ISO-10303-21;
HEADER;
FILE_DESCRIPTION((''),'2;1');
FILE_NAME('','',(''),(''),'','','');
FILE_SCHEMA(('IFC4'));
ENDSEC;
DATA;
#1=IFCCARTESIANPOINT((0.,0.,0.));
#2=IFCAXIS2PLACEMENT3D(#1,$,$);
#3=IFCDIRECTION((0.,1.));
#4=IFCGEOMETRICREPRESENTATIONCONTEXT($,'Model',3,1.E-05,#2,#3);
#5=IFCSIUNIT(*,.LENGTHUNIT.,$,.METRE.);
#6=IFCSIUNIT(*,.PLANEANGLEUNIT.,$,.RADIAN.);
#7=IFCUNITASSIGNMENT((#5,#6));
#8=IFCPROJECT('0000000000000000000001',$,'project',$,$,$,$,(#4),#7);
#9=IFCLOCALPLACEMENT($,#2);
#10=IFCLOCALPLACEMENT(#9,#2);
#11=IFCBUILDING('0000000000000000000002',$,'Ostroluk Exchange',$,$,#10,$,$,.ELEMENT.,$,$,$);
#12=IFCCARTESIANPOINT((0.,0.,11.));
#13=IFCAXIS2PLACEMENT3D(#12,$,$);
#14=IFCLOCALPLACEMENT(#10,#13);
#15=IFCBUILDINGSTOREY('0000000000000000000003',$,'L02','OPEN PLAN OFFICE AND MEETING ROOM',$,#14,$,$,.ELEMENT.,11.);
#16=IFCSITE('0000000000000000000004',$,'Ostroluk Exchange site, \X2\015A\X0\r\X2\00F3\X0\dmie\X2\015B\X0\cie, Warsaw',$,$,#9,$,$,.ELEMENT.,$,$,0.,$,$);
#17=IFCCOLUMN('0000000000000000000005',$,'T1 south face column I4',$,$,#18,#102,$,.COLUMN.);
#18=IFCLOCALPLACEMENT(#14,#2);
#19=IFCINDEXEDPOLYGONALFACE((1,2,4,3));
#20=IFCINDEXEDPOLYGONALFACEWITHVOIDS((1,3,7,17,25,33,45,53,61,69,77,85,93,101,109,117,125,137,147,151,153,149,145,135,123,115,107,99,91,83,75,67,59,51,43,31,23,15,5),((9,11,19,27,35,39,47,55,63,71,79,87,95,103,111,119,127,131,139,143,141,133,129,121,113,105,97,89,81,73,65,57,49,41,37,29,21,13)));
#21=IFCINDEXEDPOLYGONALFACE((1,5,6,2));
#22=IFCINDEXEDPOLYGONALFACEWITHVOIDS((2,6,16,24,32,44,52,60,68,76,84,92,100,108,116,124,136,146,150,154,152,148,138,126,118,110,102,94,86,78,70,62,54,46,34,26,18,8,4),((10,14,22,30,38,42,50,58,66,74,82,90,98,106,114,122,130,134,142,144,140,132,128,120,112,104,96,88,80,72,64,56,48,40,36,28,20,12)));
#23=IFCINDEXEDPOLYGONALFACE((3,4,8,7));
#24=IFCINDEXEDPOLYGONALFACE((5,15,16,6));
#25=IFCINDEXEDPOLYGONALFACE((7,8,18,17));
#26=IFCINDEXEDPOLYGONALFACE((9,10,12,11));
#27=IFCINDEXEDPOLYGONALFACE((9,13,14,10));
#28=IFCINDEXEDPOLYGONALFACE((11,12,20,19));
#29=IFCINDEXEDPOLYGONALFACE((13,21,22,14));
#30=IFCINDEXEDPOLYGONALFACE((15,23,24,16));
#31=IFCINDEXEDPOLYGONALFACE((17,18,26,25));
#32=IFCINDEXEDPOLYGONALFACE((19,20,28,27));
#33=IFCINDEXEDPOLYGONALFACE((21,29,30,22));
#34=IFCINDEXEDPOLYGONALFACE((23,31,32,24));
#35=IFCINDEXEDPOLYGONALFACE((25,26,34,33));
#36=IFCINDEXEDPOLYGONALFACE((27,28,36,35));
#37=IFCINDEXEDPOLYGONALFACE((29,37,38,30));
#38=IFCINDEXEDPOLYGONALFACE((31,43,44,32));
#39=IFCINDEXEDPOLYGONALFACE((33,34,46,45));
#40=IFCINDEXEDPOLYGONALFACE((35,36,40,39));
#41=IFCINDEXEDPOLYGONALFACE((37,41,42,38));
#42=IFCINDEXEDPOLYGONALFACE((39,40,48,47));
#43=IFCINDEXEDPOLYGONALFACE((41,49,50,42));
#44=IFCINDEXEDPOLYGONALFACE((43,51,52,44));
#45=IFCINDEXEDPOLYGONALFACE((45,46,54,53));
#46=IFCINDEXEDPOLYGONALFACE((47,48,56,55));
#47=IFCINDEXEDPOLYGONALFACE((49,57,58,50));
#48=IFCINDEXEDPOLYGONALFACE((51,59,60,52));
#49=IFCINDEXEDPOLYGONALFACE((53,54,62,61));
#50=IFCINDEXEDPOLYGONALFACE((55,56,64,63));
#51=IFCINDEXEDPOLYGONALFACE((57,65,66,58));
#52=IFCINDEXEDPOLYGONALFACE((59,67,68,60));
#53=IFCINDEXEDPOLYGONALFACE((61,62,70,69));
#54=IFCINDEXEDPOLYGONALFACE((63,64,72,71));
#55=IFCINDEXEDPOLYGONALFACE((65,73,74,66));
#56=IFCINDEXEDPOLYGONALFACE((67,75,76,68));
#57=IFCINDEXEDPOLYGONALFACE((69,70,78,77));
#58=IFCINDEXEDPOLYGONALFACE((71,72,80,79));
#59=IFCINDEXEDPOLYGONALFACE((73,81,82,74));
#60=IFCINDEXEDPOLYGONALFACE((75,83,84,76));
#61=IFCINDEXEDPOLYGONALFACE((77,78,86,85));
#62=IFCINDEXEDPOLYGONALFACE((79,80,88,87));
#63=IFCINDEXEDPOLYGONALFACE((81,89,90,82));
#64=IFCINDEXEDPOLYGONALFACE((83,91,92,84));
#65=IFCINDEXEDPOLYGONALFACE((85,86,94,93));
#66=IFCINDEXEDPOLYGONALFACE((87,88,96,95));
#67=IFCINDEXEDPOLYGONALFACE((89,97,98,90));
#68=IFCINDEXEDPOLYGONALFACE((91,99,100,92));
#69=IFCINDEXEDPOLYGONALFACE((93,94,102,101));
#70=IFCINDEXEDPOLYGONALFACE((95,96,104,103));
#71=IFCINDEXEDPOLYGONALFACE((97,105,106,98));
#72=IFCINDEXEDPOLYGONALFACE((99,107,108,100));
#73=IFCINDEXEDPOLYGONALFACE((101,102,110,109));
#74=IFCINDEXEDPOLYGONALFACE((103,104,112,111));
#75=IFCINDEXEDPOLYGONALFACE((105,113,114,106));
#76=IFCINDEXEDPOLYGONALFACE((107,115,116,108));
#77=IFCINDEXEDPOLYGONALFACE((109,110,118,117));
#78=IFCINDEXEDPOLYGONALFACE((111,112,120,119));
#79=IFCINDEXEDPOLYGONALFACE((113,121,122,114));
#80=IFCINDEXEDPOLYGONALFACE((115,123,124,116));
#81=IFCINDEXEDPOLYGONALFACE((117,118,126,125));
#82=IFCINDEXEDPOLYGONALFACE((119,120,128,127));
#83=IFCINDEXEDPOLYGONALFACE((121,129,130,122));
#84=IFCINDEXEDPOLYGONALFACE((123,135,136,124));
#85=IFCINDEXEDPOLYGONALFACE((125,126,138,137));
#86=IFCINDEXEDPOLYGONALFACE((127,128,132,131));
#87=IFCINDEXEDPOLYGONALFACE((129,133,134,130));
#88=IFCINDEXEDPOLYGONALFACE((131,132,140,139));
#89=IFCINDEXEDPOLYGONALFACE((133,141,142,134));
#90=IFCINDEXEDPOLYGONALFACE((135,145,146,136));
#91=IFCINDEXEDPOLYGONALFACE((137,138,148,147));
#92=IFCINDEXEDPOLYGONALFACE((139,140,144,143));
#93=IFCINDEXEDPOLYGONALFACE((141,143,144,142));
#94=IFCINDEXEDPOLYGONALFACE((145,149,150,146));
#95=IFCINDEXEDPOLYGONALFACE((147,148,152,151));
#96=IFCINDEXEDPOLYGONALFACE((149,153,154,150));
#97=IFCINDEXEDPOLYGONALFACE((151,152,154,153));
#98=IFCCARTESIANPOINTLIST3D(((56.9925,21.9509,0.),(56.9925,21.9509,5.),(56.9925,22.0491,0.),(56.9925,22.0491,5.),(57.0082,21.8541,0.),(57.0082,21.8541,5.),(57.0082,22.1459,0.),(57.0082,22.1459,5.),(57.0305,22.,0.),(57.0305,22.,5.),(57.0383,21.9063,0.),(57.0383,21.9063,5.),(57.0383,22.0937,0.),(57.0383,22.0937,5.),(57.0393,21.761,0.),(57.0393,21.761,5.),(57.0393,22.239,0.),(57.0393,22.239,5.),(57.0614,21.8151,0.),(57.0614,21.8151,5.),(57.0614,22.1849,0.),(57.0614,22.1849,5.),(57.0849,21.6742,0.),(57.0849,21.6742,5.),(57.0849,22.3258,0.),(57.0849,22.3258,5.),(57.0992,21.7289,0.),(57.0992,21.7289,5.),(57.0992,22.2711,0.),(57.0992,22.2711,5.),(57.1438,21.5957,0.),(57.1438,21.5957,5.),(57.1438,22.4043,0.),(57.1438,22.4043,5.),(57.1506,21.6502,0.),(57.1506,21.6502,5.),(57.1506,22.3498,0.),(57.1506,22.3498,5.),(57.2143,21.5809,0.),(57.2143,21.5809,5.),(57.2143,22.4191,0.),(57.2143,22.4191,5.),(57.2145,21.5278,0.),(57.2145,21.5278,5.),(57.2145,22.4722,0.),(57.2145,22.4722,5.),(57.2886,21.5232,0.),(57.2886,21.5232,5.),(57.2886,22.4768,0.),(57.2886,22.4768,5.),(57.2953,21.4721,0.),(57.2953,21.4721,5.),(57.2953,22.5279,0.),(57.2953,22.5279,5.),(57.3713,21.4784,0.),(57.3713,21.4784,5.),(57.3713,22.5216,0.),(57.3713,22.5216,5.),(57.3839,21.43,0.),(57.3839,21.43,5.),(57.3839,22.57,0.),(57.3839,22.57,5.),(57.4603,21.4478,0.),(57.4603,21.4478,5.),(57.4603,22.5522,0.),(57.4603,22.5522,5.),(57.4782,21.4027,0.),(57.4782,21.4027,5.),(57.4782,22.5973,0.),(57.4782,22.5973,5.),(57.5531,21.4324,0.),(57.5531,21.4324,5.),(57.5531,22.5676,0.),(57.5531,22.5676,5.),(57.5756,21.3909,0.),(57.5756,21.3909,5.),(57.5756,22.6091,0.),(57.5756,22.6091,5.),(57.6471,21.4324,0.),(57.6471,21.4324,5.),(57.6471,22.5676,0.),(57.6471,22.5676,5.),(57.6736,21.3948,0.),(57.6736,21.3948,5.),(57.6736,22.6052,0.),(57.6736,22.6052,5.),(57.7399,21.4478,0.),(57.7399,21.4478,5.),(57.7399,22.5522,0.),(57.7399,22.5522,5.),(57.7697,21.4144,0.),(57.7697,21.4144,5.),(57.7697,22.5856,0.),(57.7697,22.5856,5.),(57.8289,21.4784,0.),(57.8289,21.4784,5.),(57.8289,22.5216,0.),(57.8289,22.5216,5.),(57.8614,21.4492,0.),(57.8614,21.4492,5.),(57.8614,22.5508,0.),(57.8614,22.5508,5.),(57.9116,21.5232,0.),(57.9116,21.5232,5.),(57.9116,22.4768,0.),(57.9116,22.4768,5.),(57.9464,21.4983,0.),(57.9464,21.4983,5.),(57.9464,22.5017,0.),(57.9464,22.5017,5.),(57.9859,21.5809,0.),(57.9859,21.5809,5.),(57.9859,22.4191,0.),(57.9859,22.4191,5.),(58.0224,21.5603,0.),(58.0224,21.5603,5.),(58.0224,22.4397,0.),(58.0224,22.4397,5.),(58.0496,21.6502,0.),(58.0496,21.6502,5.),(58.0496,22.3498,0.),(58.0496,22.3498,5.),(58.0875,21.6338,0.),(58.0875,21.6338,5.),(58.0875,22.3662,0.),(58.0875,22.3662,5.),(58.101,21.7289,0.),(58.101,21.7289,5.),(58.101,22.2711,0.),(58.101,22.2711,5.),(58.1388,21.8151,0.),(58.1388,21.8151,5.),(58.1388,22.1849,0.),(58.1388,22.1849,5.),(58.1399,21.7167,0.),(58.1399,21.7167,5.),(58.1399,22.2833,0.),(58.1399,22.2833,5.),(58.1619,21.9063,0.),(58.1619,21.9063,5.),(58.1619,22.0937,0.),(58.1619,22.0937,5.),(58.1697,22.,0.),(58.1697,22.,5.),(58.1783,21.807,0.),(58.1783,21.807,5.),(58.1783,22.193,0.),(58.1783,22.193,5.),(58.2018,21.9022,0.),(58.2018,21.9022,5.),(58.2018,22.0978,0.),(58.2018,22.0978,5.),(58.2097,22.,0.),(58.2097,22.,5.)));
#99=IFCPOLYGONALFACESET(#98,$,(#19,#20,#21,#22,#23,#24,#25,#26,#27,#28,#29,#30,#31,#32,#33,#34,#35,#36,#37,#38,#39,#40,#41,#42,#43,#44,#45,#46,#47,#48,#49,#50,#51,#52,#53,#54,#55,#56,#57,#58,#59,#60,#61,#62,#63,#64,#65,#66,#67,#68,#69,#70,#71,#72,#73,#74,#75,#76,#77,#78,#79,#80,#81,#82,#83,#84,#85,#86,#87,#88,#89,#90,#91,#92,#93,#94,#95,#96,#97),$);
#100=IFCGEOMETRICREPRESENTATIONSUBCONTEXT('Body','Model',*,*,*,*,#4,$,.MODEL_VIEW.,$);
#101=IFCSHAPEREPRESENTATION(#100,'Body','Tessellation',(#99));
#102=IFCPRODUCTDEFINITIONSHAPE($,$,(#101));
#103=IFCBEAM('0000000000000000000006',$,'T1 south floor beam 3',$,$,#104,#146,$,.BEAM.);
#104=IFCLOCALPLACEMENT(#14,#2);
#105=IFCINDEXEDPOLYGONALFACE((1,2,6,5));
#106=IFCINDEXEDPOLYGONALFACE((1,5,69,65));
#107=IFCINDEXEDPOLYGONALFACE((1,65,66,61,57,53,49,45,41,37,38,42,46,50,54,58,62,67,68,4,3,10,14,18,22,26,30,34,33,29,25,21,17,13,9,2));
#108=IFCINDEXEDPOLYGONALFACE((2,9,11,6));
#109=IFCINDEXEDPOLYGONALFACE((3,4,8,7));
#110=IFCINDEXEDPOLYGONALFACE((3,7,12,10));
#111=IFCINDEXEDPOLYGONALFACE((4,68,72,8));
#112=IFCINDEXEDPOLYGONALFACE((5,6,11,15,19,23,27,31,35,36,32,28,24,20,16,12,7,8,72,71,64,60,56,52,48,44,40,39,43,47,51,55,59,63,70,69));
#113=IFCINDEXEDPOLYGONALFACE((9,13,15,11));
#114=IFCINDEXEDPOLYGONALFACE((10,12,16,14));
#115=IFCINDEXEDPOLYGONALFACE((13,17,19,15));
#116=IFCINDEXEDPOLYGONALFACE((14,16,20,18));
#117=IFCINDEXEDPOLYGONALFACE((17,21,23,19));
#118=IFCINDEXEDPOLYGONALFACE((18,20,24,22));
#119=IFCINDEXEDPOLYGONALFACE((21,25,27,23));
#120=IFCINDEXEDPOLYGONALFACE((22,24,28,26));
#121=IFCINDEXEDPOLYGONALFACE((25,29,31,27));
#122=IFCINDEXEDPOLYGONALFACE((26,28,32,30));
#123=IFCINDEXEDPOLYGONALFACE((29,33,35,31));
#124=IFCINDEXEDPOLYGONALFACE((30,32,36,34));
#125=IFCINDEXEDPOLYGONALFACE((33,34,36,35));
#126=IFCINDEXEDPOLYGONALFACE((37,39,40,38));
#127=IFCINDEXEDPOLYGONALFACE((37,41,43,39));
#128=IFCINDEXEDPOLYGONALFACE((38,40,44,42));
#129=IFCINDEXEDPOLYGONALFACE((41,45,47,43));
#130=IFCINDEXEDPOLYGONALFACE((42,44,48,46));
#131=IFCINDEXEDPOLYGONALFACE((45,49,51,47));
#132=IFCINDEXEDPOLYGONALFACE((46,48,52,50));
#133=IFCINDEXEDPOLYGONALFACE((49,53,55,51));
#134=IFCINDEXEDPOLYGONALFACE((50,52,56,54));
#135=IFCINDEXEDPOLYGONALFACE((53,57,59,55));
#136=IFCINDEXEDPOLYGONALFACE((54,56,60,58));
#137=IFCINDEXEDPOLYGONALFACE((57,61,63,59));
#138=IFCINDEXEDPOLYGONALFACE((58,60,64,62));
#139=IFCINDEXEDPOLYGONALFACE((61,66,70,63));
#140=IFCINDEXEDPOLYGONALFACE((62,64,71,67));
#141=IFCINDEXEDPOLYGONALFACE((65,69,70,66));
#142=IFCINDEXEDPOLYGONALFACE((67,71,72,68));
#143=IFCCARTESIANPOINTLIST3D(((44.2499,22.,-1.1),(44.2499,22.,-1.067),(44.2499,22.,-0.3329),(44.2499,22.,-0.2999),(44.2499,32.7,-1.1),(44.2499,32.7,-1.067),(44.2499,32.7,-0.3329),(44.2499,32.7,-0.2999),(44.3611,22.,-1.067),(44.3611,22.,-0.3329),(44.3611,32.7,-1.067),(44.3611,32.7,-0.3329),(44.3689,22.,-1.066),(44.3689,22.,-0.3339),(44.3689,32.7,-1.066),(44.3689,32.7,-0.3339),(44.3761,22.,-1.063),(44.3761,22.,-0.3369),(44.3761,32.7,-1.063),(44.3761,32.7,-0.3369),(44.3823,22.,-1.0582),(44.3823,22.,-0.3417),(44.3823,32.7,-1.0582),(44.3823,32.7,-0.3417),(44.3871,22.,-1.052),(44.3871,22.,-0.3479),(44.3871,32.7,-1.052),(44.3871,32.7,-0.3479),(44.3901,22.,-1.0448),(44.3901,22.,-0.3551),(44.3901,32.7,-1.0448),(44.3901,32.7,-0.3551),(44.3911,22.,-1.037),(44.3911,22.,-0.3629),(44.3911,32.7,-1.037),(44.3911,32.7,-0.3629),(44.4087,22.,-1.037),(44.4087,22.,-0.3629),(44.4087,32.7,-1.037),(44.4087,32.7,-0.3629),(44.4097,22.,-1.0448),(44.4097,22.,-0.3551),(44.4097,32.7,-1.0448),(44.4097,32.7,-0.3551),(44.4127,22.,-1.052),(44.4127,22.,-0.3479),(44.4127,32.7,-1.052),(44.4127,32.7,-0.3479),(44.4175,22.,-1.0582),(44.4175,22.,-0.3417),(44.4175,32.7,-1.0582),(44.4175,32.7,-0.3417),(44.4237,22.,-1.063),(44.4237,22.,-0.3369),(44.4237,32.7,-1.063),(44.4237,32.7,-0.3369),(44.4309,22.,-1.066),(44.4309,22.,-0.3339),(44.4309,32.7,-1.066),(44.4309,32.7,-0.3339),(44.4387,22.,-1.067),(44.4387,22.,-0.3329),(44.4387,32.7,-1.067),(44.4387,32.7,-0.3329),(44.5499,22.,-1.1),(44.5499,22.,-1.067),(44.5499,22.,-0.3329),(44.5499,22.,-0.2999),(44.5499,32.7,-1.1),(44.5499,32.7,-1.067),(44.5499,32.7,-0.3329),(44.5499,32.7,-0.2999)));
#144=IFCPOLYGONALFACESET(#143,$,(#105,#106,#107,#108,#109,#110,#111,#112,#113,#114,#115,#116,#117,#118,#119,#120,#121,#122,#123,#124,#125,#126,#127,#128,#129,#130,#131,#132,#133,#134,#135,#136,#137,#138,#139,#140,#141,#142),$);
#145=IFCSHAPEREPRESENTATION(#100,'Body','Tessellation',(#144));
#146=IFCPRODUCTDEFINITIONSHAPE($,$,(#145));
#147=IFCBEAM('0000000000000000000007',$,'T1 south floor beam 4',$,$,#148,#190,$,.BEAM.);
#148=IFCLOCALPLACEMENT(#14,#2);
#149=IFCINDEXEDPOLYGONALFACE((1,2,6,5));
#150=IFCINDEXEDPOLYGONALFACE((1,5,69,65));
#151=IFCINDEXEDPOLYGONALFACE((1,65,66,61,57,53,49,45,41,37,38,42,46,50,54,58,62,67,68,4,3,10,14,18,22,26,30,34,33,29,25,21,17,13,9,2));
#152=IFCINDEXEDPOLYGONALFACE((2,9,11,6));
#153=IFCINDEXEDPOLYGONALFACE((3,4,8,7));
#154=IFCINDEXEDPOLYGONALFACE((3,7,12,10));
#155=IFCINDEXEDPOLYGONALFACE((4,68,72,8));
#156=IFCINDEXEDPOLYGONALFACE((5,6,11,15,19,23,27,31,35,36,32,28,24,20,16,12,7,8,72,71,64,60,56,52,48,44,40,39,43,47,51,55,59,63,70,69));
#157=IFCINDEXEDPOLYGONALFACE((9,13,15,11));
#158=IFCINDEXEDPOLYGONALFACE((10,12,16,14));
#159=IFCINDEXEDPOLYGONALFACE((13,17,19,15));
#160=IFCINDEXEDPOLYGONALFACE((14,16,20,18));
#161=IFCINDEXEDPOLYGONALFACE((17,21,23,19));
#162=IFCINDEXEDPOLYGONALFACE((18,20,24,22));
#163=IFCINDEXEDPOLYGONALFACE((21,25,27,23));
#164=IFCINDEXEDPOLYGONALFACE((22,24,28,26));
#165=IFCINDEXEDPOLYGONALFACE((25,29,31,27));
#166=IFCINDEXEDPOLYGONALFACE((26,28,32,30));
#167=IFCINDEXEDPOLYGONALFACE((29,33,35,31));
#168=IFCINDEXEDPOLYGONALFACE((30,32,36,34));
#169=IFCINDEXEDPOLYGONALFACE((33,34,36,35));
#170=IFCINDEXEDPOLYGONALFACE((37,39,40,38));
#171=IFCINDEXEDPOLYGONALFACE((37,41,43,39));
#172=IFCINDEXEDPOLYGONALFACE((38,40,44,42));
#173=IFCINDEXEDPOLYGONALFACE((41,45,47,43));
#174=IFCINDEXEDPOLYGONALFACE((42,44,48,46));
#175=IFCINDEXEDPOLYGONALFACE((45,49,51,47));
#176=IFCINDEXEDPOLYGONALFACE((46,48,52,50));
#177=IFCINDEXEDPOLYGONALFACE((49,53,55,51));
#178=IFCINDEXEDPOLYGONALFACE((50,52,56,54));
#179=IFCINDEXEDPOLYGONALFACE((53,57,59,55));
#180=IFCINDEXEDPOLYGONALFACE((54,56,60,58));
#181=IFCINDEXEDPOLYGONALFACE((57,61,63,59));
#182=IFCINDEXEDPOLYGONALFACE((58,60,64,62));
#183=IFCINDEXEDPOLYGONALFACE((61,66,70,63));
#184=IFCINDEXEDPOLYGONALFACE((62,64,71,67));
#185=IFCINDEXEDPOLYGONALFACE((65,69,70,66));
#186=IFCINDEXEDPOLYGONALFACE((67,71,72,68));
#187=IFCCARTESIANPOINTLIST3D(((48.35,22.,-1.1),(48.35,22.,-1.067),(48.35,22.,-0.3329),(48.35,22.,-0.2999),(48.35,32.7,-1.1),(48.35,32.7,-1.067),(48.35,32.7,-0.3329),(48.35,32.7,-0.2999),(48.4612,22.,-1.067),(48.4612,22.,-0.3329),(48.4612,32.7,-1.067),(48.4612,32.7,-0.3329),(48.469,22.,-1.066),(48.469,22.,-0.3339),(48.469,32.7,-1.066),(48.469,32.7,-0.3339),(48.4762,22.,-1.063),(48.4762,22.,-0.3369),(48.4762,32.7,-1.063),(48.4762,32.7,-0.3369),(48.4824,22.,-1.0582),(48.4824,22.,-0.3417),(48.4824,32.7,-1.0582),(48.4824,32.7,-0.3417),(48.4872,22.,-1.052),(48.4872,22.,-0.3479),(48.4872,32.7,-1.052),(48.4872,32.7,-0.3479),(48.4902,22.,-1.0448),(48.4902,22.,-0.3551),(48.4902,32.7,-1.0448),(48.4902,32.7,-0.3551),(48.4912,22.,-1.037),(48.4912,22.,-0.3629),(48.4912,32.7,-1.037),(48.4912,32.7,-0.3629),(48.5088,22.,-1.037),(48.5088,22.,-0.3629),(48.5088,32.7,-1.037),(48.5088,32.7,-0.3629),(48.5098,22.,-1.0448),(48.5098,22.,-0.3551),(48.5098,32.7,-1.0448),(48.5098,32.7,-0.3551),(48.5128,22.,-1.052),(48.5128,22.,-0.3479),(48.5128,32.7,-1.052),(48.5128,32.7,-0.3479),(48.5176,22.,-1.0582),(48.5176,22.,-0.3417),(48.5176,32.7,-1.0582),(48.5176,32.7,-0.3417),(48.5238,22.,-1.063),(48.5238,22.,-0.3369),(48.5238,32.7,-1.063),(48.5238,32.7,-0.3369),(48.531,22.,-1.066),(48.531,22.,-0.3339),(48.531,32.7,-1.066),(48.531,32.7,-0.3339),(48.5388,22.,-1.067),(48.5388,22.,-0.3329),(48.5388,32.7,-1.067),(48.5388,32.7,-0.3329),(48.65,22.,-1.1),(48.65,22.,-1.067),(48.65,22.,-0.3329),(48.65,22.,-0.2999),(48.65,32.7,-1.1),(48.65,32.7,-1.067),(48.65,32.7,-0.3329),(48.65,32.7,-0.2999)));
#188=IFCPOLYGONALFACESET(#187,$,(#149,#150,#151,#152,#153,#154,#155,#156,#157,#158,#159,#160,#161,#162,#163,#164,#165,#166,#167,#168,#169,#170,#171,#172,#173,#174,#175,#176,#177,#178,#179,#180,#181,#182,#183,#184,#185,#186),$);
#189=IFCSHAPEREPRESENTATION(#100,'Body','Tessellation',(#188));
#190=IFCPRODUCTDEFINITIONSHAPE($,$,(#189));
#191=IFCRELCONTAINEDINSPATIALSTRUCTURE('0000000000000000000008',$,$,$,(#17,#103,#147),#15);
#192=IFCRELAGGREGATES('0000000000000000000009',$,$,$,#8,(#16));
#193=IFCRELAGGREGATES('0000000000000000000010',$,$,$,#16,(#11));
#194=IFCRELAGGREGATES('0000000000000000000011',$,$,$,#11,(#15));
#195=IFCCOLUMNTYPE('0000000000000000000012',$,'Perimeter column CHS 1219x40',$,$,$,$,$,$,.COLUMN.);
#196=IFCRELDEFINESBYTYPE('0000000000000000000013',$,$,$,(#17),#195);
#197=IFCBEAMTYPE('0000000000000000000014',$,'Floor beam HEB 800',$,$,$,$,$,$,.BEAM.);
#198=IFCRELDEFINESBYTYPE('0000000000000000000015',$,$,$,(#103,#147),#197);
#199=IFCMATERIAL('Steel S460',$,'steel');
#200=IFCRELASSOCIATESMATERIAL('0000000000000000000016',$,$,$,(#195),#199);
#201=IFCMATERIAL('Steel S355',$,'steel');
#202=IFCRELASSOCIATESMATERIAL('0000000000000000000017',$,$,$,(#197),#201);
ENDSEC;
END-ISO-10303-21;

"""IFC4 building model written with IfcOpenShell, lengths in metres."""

from ifc_helpers import new_model, si_unit, direction, frame, origin, origin_2d, place, context, subcontext, project, spatial, hollow_circle, i_section, extrude, material, material_profile, profile_set, type_object, element, save


model = new_model("IFC4")

# Units and contexts
model_context = context("Model", 3, precision=1e-05, world=origin(), true_north=direction((0.0, 1.0)))
body_context = subcontext(model_context, "Body", "Model", "MODEL_VIEW")
ifc_project = project(units=[si_unit("LENGTHUNIT", "METRE"), si_unit("PLANEANGLEUNIT", "RADIAN")], contexts=[model_context])

# Site, building, storey
site_placement = place(None, origin())
site = spatial("IfcSite", under=ifc_project, at=site_placement, Name="Ostroluk Exchange site, Śródmieście, Warsaw", CompositionType="ELEMENT", RefElevation=0.0)
building_placement = place(site_placement, origin())
building = spatial("IfcBuilding", under=site, at=building_placement, Name="Ostroluk Exchange", CompositionType="ELEMENT")
storey_placement = place(building_placement, frame((0.0, 0.0, 11.0)))
storey = spatial("IfcBuildingStorey", under=building, at=storey_placement, Name="L02", Description="OPEN PLAN OFFICE AND MEETING ROOM", CompositionType="ELEMENT", Elevation=11.0)

# Column
ifc_material_1 = material(Name="Steel S460", Category="steel")
ifc_material_profile_1 = material_profile(ifc_material_1, hollow_circle(Radius=0.6096, WallThickness=0.04, at=origin_2d()), Name="CHS 1219x40")
ifc_profile_set_1 = profile_set([ifc_material_profile_1], Name="Steel S460")
column_type = type_object("IfcColumnType", Name="Perimeter column CHS 1219x40", PredefinedType="COLUMN", material=ifc_profile_set_1)
for number, where, z_axis, x_axis, name in (
    (1, (57.6001, 22.0, 0.0), (0.0, 0.0, 1.0), (1.0, 0.0, 0.0), "T1 south face column I4"),
):
    element("IfcColumn", number, at=place(storey_placement, frame(where, z_axis=z_axis, x_axis=x_axis)), inside=storey, type_object=column_type, Name=name, PredefinedType="COLUMN", context=body_context, shape_type="SweptSolid", body=[
        extrude(hollow_circle(Radius=0.6096, WallThickness=0.04, at=origin_2d()), origin(), (0.0, 0.0, 1.0), 5.0),
    ])

# Beams
ifc_material_2 = material(Name="Steel S355", Category="steel")
ifc_material_profile_2 = material_profile(ifc_material_2, i_section(OverallWidth=0.3, OverallDepth=0.8, WebThickness=0.0176, FlangeThickness=0.033, FilletRadius=0.03, at=origin_2d()), Name="HEB 800")
ifc_profile_set_2 = profile_set([ifc_material_profile_2], Name="Steel S355")
beam_type_1 = type_object("IfcBeamType", Name="Floor beam HEB 800", PredefinedType="BEAM", material=ifc_profile_set_2)
for number, where, z_axis, x_axis, name in (
    (2, (44.3999, 32.7, -0.7), (0.0, -1.0, 0.0), (1.0, 0.0, 0.0), "T1 south floor beam 3"),
    (3, (48.5, 32.7, -0.7), (0.0, -1.0, 0.0), (1.0, 0.0, 0.0), "T1 south floor beam 4"),
):
    element("IfcBeam", number, at=place(storey_placement, frame(where, z_axis=z_axis, x_axis=x_axis)), inside=storey, type_object=beam_type_1, Name=name, PredefinedType="BEAM", context=body_context, shape_type="SweptSolid", body=[
        extrude(i_section(OverallWidth=0.3, OverallDepth=0.8, WebThickness=0.0176, FlangeThickness=0.033, FilletRadius=0.03, at=origin_2d()), origin(), (0.0, 0.0, 1.0), 10.7),
    ])

save(model, "model.ifc")
